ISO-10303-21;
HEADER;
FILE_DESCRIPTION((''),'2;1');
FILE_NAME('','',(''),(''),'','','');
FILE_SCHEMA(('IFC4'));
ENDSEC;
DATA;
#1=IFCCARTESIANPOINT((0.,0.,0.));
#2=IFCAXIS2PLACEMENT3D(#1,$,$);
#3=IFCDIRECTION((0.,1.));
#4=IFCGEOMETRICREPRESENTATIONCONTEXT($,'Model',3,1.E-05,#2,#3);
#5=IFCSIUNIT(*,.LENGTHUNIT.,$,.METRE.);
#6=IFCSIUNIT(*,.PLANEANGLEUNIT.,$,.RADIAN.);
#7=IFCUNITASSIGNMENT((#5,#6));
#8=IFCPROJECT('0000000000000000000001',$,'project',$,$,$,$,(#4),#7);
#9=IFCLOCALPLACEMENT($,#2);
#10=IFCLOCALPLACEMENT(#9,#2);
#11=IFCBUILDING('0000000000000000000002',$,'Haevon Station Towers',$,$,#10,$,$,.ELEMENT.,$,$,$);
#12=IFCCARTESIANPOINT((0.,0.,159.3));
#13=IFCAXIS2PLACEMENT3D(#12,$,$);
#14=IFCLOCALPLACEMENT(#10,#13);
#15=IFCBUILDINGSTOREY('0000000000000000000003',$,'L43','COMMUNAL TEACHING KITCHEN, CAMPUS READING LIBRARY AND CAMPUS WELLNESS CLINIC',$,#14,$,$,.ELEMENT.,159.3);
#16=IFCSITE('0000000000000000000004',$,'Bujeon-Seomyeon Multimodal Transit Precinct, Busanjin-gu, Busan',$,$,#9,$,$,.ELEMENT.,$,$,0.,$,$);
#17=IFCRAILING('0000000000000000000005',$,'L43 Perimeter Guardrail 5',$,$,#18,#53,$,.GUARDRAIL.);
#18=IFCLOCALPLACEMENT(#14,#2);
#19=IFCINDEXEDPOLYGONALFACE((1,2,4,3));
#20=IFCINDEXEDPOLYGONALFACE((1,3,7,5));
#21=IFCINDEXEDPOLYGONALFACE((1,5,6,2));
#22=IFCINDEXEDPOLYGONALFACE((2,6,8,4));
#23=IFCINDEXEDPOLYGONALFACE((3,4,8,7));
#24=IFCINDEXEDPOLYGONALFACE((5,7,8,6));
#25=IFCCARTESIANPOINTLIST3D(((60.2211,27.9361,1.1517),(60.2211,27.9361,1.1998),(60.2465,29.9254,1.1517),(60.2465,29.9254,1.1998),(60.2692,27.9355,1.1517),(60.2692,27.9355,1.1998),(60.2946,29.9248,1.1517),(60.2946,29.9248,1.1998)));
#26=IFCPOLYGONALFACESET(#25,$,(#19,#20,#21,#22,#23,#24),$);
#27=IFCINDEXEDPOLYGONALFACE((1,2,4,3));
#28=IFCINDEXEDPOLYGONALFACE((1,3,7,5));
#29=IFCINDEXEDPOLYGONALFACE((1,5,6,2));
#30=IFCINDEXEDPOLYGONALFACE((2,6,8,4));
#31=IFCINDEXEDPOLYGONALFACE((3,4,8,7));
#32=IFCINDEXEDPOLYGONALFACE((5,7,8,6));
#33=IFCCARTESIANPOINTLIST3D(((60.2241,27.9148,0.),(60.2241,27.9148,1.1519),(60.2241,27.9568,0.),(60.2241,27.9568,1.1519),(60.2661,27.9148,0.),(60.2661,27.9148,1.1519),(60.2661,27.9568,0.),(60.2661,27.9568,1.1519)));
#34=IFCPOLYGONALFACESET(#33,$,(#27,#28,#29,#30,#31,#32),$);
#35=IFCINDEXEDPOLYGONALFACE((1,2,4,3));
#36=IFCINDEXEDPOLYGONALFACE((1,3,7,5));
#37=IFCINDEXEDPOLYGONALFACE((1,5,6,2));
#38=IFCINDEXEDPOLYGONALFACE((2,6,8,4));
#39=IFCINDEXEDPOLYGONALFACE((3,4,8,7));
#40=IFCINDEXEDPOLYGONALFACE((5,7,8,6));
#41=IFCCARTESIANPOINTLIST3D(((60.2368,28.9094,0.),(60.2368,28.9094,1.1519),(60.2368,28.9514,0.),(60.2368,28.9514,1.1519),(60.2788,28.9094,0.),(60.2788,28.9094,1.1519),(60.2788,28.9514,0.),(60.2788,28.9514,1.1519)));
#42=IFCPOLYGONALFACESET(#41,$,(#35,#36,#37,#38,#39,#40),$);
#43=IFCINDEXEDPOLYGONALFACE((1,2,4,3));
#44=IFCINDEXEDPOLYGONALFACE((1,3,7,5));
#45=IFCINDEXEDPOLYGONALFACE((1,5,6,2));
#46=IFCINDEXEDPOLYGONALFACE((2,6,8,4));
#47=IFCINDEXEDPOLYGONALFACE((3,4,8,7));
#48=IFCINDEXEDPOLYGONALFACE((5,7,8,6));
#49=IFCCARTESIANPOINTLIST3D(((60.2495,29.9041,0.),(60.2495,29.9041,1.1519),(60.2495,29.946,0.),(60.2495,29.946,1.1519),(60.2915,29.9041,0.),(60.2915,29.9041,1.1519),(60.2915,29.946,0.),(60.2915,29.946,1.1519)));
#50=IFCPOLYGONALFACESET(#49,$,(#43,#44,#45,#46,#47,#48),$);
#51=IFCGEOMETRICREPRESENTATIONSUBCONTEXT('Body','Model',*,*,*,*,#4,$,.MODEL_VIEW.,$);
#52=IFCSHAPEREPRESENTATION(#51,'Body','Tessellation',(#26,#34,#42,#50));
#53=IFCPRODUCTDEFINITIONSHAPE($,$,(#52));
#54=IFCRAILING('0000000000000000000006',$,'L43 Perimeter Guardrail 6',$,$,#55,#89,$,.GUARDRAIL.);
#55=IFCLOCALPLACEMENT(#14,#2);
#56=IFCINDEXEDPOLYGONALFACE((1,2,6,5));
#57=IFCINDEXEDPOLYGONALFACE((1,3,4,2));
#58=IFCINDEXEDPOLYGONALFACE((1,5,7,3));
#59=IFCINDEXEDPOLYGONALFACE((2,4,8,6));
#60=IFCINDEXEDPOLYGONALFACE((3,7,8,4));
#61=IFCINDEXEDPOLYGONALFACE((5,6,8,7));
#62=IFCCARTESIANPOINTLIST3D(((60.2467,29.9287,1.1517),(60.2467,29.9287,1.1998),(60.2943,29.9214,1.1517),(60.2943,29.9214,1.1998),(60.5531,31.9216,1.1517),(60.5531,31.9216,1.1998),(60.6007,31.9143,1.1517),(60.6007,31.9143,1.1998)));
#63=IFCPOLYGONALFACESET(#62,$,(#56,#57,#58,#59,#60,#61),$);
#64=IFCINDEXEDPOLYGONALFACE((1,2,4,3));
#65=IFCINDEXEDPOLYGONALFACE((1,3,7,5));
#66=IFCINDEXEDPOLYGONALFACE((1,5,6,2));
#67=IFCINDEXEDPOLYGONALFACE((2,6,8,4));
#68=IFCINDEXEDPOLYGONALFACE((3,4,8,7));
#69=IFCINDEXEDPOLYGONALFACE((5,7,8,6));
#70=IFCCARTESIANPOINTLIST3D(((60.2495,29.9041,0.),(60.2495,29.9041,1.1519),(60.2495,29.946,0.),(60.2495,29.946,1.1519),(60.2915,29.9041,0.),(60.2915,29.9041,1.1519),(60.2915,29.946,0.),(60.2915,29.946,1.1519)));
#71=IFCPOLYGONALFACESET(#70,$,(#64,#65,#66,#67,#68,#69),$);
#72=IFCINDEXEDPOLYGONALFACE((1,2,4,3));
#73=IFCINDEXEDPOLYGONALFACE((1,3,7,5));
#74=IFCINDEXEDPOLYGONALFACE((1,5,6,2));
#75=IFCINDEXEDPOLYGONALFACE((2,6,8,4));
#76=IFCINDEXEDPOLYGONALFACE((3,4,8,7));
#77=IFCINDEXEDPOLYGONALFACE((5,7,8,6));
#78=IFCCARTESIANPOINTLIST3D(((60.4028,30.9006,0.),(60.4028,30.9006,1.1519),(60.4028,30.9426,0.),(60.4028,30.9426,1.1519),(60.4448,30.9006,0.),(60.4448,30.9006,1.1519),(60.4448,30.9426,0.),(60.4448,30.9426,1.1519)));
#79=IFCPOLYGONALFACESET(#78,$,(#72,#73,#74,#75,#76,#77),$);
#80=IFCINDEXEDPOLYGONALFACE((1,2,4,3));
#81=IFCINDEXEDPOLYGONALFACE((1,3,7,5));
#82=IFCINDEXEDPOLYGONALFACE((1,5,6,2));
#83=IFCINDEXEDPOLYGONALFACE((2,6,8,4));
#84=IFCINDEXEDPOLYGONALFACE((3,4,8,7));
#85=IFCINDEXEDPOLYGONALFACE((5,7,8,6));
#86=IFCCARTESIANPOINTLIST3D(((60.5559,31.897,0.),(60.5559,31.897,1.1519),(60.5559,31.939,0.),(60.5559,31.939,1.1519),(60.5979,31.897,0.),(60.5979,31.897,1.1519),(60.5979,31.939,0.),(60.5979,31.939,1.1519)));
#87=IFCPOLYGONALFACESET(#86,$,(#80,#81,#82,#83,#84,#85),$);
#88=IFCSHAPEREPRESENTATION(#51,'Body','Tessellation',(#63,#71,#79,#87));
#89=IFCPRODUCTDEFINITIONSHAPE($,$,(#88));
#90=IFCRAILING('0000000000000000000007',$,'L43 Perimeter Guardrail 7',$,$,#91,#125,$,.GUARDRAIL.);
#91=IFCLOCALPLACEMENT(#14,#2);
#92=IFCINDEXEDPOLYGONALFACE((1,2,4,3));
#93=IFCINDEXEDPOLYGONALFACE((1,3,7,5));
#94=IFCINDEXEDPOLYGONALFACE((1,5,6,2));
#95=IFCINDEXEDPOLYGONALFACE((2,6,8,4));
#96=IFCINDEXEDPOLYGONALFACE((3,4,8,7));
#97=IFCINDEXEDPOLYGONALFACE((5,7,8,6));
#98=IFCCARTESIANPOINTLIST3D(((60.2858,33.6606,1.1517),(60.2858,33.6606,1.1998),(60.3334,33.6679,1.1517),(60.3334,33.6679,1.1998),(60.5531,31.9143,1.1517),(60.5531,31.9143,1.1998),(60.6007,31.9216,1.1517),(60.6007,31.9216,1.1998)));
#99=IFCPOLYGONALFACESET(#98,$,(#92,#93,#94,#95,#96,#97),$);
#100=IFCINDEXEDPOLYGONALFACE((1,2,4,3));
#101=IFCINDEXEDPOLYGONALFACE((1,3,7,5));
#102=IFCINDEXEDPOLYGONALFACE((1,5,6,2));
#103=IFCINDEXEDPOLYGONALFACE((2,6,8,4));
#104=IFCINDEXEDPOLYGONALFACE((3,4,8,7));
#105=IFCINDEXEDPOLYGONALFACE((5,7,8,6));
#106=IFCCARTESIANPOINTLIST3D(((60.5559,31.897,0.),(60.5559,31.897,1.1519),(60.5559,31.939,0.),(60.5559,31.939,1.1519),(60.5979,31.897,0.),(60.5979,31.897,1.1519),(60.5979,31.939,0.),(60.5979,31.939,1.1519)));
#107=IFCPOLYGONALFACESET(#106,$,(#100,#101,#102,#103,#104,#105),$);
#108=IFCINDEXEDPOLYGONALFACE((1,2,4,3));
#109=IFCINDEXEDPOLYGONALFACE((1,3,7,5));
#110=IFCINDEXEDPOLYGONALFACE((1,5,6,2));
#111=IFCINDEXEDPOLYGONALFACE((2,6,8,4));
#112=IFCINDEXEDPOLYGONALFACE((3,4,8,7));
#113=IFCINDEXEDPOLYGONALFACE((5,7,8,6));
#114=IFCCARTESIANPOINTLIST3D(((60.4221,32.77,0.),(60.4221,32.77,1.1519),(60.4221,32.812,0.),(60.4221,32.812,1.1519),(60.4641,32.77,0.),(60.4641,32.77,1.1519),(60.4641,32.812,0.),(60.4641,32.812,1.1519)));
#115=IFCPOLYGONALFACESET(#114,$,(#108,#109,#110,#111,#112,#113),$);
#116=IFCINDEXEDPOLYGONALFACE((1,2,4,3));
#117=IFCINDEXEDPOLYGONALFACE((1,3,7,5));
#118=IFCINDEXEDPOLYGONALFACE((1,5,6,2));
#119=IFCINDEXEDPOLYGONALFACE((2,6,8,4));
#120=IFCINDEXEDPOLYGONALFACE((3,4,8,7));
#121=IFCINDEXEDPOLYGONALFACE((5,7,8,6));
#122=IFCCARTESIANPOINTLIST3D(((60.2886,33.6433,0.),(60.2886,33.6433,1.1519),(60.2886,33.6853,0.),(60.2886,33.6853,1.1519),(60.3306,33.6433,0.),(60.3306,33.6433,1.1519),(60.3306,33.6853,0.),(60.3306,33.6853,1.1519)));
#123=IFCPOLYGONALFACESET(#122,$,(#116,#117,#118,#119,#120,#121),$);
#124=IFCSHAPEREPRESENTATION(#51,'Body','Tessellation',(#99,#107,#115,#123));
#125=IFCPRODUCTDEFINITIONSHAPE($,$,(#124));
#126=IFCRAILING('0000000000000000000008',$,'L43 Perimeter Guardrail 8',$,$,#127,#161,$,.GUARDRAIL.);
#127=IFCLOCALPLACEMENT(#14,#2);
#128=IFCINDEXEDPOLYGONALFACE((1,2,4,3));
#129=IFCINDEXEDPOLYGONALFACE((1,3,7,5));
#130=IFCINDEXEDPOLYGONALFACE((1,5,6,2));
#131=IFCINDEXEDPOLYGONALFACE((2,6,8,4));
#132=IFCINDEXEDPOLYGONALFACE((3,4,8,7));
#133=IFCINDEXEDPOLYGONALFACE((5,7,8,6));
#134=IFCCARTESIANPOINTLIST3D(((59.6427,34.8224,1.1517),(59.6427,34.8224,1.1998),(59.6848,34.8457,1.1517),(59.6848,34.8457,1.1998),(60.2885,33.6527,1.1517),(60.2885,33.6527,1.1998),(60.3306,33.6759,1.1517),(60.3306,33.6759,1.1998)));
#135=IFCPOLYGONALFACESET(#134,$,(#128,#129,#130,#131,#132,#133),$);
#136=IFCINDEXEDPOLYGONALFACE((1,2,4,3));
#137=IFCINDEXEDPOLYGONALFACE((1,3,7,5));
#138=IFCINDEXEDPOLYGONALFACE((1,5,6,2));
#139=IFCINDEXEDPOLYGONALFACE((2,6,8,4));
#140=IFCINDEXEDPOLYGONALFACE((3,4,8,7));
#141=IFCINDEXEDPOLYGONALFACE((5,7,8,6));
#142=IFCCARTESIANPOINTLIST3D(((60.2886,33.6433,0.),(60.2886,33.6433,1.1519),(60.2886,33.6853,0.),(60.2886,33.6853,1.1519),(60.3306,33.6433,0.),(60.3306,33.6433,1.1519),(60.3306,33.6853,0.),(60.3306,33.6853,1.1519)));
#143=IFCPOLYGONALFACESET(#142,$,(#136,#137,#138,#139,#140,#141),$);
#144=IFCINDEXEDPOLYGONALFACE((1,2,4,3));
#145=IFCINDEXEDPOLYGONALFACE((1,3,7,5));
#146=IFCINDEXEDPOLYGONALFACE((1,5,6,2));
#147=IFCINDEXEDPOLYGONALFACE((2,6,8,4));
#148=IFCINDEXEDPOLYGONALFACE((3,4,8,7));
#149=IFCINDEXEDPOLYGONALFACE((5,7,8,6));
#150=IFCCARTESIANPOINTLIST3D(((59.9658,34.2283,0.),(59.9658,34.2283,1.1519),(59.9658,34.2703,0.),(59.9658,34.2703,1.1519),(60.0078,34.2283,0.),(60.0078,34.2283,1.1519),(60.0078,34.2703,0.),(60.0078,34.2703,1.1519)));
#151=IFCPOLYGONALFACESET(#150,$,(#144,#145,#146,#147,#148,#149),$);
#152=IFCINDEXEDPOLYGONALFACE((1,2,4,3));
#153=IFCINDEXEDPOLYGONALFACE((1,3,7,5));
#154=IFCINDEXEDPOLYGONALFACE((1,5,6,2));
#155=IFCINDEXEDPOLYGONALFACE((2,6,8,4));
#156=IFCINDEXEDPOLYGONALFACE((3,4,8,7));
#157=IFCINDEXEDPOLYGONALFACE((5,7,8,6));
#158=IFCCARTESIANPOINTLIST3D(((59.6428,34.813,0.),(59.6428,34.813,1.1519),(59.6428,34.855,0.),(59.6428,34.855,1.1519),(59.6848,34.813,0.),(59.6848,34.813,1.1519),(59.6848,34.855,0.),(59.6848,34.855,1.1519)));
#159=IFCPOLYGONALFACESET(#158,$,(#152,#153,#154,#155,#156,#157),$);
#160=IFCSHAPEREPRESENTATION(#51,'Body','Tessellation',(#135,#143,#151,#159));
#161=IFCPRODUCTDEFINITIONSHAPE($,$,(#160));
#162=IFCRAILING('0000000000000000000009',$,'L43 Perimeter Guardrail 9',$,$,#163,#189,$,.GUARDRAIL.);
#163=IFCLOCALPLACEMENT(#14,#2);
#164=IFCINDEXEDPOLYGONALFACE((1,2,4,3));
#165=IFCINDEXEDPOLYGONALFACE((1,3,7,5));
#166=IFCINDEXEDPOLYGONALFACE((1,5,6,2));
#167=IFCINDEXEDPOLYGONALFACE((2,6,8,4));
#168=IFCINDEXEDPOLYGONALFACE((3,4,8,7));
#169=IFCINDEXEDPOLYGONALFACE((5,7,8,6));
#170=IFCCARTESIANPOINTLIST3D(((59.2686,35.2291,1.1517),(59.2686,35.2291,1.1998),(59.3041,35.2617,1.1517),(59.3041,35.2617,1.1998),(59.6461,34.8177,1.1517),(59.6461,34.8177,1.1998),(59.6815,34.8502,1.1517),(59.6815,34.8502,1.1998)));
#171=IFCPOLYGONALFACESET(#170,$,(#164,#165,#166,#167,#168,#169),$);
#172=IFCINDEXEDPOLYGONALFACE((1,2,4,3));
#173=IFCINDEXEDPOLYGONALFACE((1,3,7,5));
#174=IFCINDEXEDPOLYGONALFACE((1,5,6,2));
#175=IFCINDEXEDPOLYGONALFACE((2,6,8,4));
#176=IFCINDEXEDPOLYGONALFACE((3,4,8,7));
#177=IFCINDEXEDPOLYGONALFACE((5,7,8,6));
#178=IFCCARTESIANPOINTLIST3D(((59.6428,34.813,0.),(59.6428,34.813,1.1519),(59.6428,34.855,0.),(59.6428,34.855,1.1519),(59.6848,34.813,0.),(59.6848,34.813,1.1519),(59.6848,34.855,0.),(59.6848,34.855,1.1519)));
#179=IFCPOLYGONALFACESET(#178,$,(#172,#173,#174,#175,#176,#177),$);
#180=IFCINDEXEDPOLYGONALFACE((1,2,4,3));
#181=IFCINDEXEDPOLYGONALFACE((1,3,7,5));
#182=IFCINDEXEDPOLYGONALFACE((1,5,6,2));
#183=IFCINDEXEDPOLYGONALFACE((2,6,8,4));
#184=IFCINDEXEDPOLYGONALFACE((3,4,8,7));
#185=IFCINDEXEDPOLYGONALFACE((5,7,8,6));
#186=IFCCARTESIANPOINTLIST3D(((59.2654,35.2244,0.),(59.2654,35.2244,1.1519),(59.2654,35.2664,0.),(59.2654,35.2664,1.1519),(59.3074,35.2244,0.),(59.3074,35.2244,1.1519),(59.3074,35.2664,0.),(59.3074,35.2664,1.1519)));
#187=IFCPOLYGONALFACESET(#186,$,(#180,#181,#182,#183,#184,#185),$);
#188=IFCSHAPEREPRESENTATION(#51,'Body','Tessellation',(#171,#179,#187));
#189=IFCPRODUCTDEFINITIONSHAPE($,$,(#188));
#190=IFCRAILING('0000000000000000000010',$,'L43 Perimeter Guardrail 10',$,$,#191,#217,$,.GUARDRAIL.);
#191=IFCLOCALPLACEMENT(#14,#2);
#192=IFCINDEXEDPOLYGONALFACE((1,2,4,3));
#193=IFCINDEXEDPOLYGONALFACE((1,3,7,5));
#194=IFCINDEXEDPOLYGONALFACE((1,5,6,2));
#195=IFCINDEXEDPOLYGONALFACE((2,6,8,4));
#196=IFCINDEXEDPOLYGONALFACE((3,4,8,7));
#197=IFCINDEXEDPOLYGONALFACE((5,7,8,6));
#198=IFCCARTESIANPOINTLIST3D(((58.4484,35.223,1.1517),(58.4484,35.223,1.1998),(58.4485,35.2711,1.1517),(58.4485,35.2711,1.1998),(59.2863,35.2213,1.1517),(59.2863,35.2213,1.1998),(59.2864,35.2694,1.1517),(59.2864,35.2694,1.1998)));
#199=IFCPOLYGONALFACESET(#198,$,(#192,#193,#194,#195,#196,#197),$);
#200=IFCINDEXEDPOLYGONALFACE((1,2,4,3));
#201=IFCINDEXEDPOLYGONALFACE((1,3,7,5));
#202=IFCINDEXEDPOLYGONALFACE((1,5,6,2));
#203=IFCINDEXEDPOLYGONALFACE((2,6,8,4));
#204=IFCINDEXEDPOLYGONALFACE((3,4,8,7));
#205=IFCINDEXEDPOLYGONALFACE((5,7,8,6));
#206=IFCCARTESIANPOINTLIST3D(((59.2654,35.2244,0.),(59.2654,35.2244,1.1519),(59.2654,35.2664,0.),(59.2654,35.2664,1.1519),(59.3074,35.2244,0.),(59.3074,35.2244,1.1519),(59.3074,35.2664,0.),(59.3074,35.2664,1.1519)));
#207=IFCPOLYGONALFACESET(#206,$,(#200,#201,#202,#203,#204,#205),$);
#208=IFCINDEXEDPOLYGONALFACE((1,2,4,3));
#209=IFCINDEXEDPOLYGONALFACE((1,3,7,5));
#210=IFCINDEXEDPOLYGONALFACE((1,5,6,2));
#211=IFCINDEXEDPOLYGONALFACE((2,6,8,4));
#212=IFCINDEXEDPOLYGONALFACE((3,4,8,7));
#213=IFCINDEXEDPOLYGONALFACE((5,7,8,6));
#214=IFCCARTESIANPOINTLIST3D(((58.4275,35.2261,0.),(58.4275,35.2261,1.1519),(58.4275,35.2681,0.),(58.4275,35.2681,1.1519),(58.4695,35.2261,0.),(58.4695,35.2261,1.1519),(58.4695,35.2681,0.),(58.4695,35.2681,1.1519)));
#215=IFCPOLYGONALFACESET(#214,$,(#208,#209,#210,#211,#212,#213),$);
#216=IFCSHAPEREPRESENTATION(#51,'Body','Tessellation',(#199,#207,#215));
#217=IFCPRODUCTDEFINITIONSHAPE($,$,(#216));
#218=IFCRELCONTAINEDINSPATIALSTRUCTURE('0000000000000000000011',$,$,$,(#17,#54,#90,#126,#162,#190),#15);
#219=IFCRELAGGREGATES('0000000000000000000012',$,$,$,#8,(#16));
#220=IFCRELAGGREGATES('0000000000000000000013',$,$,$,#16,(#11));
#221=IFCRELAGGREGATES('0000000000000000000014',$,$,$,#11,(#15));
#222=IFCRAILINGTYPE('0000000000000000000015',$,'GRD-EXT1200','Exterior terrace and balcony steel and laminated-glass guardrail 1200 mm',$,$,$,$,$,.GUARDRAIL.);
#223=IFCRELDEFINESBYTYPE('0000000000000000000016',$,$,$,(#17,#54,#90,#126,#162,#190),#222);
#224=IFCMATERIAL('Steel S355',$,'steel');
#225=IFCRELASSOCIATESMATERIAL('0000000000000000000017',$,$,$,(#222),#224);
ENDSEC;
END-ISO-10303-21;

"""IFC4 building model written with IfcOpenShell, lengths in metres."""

from ifc_helpers import new_model, si_unit, direction, frame, origin, origin_2d, place, context, subcontext, project, spatial, rectangle, extrude, material, type_object, element, save


model = new_model("IFC4")

# Units and contexts
model_context = context("Model", 3, precision=1e-05, world=origin(), true_north=direction((0.0, 1.0)))
body_context = subcontext(model_context, "Body", "Model", "MODEL_VIEW")
ifc_project = project(units=[si_unit("LENGTHUNIT", "METRE"), si_unit("PLANEANGLEUNIT", "RADIAN")], contexts=[model_context])

# Site, building, storey
site_placement = place(None, origin())
site = spatial("IfcSite", under=ifc_project, at=site_placement, Name="Bujeon-Seomyeon Multimodal Transit Precinct, Busanjin-gu, Busan", CompositionType="ELEMENT", RefElevation=0.0)
building_placement = place(site_placement, origin())
building = spatial("IfcBuilding", under=site, at=building_placement, Name="Haevon Station Towers", CompositionType="ELEMENT")
storey_placement = place(building_placement, frame((0.0, 0.0, 159.3)))
storey = spatial("IfcBuildingStorey", under=building, at=storey_placement, Name="L43", Description="COMMUNAL TEACHING KITCHEN, CAMPUS READING LIBRARY AND CAMPUS WELLNESS CLINIC", CompositionType="ELEMENT", Elevation=159.3)

# Shared definitions
ifc_material_1 = material(Name="Steel S355", Category="steel")

# Railings
railing_type = type_object("IfcRailingType", Name="GRD-EXT1200", Description="Exterior terrace and balcony steel and laminated-glass guardrail 1200 mm", PredefinedType="GUARDRAIL", material=ifc_material_1)
railing_1_placement = place(storey_placement, frame((60.2451, 27.9358, 0.0)))
element("IfcRailing", 1, at=railing_1_placement, inside=storey, type_object=railing_type, Name="L43 Perimeter Guardrail 5", PredefinedType="GUARDRAIL", context=body_context, shape_type="SweptSolid", body=[
    extrude(rectangle(XDim=0.0481, YDim=0.0481, at=origin_2d()), frame((0.0, 0.0, 1.1758), z_axis=(0.012763, 0.999919, 0.0), x_axis=(-0.999919, 0.012763, 0.0)), (0.0, 0.0, 1.0), 1.9895),
    extrude(rectangle(XDim=0.042, YDim=0.042, at=origin_2d()), origin(), (0.0, 0.0, 1.0), 1.1519),
    extrude(rectangle(XDim=0.042, YDim=0.042, at=origin_2d()), frame((0.0127, 0.9946, 0.0)), (0.0, 0.0, 1.0), 1.1519),
    extrude(rectangle(XDim=0.042, YDim=0.042, at=origin_2d()), frame((0.0254, 1.9893, 0.0)), (0.0, 0.0, 1.0), 1.1519),
])
railing_2_placement = place(storey_placement, frame((60.2705, 29.925, 0.0)))
element("IfcRailing", 2, at=railing_2_placement, inside=storey, type_object=railing_type, Name="L43 Perimeter Guardrail 6", PredefinedType="GUARDRAIL", context=body_context, shape_type="SweptSolid", body=[
    extrude(rectangle(XDim=0.0481, YDim=0.0481, at=origin_2d()), frame((0.0, 0.0, 1.1758), z_axis=(0.151957, 0.988387, 0.0), x_axis=(-0.988387, 0.151957, 0.0)), (0.0, 0.0, 1.0), 2.0164),
    extrude(rectangle(XDim=0.042, YDim=0.042, at=origin_2d()), origin(), (0.0, 0.0, 1.0), 1.1519),
    extrude(rectangle(XDim=0.042, YDim=0.042, at=origin_2d()), frame((0.1533, 0.9966, 0.0)), (0.0, 0.0, 1.0), 1.1519),
    extrude(rectangle(XDim=0.042, YDim=0.042, at=origin_2d()), frame((0.3064, 1.9929, 0.0)), (0.0, 0.0, 1.0), 1.1519),
])
railing_3_placement = place(storey_placement, frame((60.5769, 31.918, 0.0)))
element("IfcRailing", 3, at=railing_3_placement, inside=storey, type_object=railing_type, Name="L43 Perimeter Guardrail 7", PredefinedType="GUARDRAIL", context=body_context, shape_type="SweptSolid", body=[
    extrude(rectangle(XDim=0.0481, YDim=0.0481, at=origin_2d()), frame((0.0, 0.0, 1.1758), z_axis=(-0.15132, 0.988485, 0.0), x_axis=(-0.988485, -0.15132, 0.0)), (0.0, 0.0, 1.0), 1.7666),
    extrude(rectangle(XDim=0.042, YDim=0.042, at=origin_2d()), origin(), (0.0, 0.0, 1.0), 1.1519),
    extrude(rectangle(XDim=0.042, YDim=0.042, at=origin_2d()), frame((-0.1338, 0.873, 0.0)), (0.0, 0.0, 1.0), 1.1519),
    extrude(rectangle(XDim=0.042, YDim=0.042, at=origin_2d()), frame((-0.2673, 1.7463, 0.0)), (0.0, 0.0, 1.0), 1.1519),
])
railing_4_placement = place(storey_placement, frame((60.3096, 33.6643, 0.0)))
element("IfcRailing", 4, at=railing_4_placement, inside=storey, type_object=railing_type, Name="L43 Perimeter Guardrail 8", PredefinedType="GUARDRAIL", context=body_context, shape_type="SweptSolid", body=[
    extrude(rectangle(XDim=0.0481, YDim=0.0481, at=origin_2d()), frame((0.0, 0.0, 1.1758), z_axis=(-0.483314, 0.875447, 0.0), x_axis=(-0.875447, -0.483314, 0.0)), (0.0, 0.0, 1.0), 1.3362),
    extrude(rectangle(XDim=0.042, YDim=0.042, at=origin_2d()), origin(), (0.0, 0.0, 1.0), 1.1519),
    extrude(rectangle(XDim=0.042, YDim=0.042, at=origin_2d()), frame((-0.3228, 0.585, 0.0)), (0.0, 0.0, 1.0), 1.1519),
    extrude(rectangle(XDim=0.042, YDim=0.042, at=origin_2d()), frame((-0.6458, 1.1697, 0.0)), (0.0, 0.0, 1.0), 1.1519),
])
railing_5_placement = place(storey_placement, frame((59.6638, 34.834, 0.0)))
element("IfcRailing", 5, at=railing_5_placement, inside=storey, type_object=railing_type, Name="L43 Perimeter Guardrail 9", PredefinedType="GUARDRAIL", context=body_context, shape_type="SweptSolid", body=[
    extrude(rectangle(XDim=0.0481, YDim=0.0481, at=origin_2d()), frame((0.0, 0.0, 1.1758), z_axis=(-0.676061, 0.736845, 0.0), x_axis=(-0.736845, -0.676061, 0.0)), (0.0, 0.0, 1.0), 0.5583),
    extrude(rectangle(XDim=0.042, YDim=0.042, at=origin_2d()), origin(), (0.0, 0.0, 1.0), 1.1519),
    extrude(rectangle(XDim=0.042, YDim=0.042, at=origin_2d()), frame((-0.3774, 0.4114, 0.0)), (0.0, 0.0, 1.0), 1.1519),
])
railing_6_placement = place(storey_placement, frame((59.2864, 35.2454, 0.0)))
element("IfcRailing", 6, at=railing_6_placement, inside=storey, type_object=railing_type, Name="L43 Perimeter Guardrail 10", PredefinedType="GUARDRAIL", context=body_context, shape_type="SweptSolid", body=[
    extrude(rectangle(XDim=0.0481, YDim=0.0481, at=origin_2d()), frame((0.0, 0.0, 1.1758), z_axis=(-0.999998, 0.00204, 0.0), x_axis=(-0.00204, -0.999998, 0.0)), (0.0, 0.0, 1.0), 0.8379),
    extrude(rectangle(XDim=0.042, YDim=0.042, at=origin_2d()), origin(), (0.0, 0.0, 1.0), 1.1519),
    extrude(rectangle(XDim=0.042, YDim=0.042, at=origin_2d()), frame((-0.8379, 0.0017, 0.0)), (0.0, 0.0, 1.0), 1.1519),
])

save(model, "model.ifc")
